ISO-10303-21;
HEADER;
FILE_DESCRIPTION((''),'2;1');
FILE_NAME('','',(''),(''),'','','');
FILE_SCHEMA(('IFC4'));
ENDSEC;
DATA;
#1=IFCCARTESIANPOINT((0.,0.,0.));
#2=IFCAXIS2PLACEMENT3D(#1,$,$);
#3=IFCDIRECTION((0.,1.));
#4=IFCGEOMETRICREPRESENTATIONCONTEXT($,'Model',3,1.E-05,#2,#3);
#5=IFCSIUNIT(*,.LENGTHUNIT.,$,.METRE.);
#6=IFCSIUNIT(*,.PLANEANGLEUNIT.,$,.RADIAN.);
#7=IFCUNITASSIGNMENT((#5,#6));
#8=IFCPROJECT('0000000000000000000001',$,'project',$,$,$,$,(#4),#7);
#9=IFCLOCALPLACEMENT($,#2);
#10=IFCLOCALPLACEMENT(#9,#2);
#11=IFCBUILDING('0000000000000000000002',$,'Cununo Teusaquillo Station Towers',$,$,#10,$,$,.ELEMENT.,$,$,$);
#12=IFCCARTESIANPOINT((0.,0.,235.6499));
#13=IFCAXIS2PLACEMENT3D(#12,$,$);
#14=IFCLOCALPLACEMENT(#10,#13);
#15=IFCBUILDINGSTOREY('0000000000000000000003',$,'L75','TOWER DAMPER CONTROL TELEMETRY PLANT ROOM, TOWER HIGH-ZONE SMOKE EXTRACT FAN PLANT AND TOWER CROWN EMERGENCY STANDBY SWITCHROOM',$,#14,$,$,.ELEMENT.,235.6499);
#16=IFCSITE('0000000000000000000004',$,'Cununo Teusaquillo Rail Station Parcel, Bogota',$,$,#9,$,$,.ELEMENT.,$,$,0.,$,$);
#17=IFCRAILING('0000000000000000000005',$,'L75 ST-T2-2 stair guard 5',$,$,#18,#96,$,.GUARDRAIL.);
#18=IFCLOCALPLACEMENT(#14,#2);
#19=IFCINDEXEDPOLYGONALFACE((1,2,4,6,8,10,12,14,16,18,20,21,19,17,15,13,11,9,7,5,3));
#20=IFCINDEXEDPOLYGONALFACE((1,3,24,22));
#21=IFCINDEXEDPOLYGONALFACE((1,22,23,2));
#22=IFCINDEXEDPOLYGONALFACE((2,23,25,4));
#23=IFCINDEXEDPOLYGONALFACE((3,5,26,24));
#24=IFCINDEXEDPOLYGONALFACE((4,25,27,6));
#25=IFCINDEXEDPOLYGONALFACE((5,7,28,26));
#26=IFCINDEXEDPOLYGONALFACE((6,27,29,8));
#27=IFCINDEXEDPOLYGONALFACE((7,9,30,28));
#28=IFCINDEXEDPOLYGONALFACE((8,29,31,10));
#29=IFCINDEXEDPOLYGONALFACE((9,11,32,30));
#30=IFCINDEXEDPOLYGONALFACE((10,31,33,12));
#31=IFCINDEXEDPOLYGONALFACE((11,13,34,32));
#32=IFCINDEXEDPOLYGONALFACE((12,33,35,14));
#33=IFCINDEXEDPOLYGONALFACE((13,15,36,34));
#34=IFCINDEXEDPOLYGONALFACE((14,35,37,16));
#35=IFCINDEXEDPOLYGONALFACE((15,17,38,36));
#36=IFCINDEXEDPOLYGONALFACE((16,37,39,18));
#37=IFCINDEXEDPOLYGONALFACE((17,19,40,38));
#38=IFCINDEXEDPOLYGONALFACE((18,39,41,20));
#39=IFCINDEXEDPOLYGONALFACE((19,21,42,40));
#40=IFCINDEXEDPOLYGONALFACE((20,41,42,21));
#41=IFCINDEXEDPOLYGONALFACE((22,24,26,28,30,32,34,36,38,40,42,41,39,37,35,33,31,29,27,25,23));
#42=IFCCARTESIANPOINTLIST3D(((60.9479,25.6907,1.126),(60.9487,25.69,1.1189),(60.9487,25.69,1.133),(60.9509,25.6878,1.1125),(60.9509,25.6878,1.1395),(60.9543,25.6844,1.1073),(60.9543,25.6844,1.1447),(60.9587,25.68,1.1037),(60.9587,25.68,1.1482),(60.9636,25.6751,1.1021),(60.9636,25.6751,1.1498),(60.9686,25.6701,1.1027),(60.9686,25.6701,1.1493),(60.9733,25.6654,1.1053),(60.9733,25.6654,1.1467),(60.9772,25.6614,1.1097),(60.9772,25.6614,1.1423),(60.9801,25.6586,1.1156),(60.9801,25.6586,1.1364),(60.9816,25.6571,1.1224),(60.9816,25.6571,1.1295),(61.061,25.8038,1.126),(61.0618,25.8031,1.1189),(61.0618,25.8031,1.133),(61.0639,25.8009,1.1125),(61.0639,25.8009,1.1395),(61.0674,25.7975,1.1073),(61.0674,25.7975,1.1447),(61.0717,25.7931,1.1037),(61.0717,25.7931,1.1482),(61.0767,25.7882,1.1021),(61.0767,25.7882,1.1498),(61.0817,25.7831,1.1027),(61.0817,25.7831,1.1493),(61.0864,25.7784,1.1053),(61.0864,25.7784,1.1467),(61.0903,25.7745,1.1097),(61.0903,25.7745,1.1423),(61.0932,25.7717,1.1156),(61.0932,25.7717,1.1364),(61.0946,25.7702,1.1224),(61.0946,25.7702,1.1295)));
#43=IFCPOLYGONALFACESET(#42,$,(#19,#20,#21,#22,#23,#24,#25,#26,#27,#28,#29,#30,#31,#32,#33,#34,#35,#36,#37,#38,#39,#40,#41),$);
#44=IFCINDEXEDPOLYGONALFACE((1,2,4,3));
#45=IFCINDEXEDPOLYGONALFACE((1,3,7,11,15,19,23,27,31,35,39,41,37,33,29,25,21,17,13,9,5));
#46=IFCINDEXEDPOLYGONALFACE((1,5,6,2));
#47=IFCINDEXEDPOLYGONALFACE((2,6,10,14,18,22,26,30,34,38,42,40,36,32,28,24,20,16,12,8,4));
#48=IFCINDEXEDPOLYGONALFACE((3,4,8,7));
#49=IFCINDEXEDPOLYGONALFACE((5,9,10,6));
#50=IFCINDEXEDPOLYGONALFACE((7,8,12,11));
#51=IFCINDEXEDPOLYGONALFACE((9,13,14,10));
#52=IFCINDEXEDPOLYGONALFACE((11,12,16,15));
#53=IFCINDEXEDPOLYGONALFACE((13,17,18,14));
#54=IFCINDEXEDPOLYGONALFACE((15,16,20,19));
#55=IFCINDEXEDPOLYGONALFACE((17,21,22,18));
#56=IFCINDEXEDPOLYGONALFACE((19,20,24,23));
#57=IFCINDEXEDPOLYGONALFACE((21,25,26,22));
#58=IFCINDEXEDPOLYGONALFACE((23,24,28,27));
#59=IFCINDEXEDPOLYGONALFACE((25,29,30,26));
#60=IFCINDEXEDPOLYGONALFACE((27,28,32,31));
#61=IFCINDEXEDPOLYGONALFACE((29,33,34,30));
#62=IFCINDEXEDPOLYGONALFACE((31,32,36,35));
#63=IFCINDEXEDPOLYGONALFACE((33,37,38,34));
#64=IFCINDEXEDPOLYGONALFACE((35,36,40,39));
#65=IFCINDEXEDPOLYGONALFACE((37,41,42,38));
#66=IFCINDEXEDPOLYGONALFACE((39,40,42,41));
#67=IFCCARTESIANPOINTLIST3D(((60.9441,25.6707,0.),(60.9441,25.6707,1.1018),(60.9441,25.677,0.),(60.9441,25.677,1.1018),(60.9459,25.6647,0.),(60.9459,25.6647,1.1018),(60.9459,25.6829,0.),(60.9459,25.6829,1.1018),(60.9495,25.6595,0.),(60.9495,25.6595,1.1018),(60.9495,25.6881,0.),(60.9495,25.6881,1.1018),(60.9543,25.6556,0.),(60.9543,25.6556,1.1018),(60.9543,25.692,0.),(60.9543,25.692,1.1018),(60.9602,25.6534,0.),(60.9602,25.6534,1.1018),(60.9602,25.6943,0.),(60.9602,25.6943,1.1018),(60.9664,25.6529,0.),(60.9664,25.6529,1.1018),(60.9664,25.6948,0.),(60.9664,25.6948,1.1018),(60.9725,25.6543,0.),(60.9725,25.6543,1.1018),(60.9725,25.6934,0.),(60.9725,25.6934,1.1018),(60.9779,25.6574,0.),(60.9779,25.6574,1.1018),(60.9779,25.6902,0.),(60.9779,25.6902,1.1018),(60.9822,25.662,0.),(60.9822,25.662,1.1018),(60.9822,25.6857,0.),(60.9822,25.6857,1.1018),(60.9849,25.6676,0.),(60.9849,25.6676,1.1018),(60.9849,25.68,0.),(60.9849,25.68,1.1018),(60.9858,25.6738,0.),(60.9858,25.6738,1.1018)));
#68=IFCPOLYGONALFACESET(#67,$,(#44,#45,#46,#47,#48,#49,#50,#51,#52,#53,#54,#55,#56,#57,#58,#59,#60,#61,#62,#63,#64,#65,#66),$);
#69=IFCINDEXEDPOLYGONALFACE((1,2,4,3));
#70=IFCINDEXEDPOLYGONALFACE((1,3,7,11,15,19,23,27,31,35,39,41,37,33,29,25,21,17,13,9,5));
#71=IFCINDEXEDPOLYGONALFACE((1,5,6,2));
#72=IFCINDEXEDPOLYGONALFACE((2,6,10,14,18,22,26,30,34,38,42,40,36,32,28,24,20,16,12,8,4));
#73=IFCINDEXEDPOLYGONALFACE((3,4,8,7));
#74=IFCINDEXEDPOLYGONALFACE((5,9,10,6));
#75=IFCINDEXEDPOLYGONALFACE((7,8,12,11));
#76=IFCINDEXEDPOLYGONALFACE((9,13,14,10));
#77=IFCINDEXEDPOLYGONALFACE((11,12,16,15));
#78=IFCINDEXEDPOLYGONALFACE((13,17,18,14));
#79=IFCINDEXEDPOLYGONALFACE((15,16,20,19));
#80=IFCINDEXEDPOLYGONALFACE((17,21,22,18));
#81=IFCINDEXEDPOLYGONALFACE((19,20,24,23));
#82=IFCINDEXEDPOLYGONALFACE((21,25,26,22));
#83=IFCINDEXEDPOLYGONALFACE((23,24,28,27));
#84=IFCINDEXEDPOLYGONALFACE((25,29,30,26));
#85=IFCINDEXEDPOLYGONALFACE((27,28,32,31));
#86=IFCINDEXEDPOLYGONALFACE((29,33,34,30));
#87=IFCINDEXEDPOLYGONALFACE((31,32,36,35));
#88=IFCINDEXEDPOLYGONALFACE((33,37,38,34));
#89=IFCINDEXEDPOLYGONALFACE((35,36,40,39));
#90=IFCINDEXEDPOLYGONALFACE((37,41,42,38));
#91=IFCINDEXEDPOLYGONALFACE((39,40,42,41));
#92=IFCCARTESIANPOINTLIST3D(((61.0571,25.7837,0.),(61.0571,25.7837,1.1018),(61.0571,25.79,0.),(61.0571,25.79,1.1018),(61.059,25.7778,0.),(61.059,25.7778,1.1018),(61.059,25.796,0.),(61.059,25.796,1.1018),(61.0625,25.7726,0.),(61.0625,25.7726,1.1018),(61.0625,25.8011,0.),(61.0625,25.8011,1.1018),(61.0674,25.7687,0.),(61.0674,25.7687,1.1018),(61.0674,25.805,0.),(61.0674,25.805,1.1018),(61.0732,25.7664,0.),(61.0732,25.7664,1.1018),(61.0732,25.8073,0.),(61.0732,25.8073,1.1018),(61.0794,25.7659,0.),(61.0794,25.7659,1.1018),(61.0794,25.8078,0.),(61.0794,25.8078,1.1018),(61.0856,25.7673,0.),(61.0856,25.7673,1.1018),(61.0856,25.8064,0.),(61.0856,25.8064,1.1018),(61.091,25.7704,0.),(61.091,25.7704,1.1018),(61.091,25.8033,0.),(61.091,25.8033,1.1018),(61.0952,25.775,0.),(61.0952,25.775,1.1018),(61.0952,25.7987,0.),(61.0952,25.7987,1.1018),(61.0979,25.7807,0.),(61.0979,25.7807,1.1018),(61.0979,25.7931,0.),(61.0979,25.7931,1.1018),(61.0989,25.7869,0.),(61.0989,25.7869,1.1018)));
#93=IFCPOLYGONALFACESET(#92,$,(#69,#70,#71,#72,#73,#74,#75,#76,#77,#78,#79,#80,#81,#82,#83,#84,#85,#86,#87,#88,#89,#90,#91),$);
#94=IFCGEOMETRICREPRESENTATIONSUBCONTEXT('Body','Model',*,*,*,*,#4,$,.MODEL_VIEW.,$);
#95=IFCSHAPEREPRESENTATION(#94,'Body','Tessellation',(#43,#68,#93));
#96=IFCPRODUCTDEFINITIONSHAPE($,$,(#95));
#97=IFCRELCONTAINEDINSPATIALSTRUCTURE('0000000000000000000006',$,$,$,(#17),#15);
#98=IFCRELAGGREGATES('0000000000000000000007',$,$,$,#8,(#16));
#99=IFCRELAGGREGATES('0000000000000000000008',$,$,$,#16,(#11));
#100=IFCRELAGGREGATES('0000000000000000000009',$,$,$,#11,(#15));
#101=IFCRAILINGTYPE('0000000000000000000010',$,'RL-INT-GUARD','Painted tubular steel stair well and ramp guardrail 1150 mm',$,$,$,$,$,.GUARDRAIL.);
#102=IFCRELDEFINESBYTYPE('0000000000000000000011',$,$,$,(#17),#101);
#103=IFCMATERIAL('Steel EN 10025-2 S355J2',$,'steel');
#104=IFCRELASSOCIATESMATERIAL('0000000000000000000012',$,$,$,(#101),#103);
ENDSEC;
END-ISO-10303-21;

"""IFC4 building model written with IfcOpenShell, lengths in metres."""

from ifc_helpers import new_model, si_unit, direction, frame, origin, origin_2d, place, context, subcontext, project, spatial, circle, extrude, material, type_object, element, save


model = new_model("IFC4")

# Units and contexts
model_context = context("Model", 3, precision=1e-05, world=origin(), true_north=direction((0.0, 1.0)))
body_context = subcontext(model_context, "Body", "Model", "MODEL_VIEW")
ifc_project = project(units=[si_unit("LENGTHUNIT", "METRE"), si_unit("PLANEANGLEUNIT", "RADIAN")], contexts=[model_context])

# Site, building, storey
site_placement = place(None, origin())
site = spatial("IfcSite", under=ifc_project, at=site_placement, Name="Cununo Teusaquillo Rail Station Parcel, Bogota", CompositionType="ELEMENT", RefElevation=0.0)
building_placement = place(site_placement, origin())
building = spatial("IfcBuilding", under=site, at=building_placement, Name="Cununo Teusaquillo Station Towers", CompositionType="ELEMENT")
storey_placement = place(building_placement, frame((0.0, 0.0, 235.6499)))
storey = spatial("IfcBuildingStorey", under=building, at=storey_placement, Name="L75", Description="TOWER DAMPER CONTROL TELEMETRY PLANT ROOM, TOWER HIGH-ZONE SMOKE EXTRACT FAN PLANT AND TOWER CROWN EMERGENCY STANDBY SWITCHROOM", CompositionType="ELEMENT", Elevation=235.6499)

# Railing
ifc_material_1 = material(Name="Steel EN 10025-2 S355J2", Category="steel")
railing_type_1 = type_object("IfcRailingType", Name="RL-INT-GUARD", Description="Painted tubular steel stair well and ramp guardrail 1150 mm", PredefinedType="GUARDRAIL", material=ifc_material_1)
railing_1_placement = place(storey_placement, frame((60.9648, 25.6738, 0.0)))
element("IfcRailing", 1, at=railing_1_placement, inside=storey, type_object=railing_type_1, Name="L75 ST-T2-2 stair guard 5", PredefinedType="GUARDRAIL", context=body_context, shape_type="SweptSolid", body=[
    extrude(circle(Radius=0.0239, at=origin_2d()), frame((0.0, 0.0, 1.126), z_axis=(0.707107, 0.707107, 0.0), x_axis=(-0.707107, 0.707107, 0.0)), (0.0, 0.0, 1.0), 0.1599),
    extrude(circle(Radius=0.021, at=origin_2d()), origin(), (0.0, 0.0, 1.0), 1.1018),
    extrude(circle(Radius=0.021, at=origin_2d()), frame((0.113, 0.113, 0.0)), (0.0, 0.0, 1.0), 1.1018),
])

save(model, "model.ifc")
